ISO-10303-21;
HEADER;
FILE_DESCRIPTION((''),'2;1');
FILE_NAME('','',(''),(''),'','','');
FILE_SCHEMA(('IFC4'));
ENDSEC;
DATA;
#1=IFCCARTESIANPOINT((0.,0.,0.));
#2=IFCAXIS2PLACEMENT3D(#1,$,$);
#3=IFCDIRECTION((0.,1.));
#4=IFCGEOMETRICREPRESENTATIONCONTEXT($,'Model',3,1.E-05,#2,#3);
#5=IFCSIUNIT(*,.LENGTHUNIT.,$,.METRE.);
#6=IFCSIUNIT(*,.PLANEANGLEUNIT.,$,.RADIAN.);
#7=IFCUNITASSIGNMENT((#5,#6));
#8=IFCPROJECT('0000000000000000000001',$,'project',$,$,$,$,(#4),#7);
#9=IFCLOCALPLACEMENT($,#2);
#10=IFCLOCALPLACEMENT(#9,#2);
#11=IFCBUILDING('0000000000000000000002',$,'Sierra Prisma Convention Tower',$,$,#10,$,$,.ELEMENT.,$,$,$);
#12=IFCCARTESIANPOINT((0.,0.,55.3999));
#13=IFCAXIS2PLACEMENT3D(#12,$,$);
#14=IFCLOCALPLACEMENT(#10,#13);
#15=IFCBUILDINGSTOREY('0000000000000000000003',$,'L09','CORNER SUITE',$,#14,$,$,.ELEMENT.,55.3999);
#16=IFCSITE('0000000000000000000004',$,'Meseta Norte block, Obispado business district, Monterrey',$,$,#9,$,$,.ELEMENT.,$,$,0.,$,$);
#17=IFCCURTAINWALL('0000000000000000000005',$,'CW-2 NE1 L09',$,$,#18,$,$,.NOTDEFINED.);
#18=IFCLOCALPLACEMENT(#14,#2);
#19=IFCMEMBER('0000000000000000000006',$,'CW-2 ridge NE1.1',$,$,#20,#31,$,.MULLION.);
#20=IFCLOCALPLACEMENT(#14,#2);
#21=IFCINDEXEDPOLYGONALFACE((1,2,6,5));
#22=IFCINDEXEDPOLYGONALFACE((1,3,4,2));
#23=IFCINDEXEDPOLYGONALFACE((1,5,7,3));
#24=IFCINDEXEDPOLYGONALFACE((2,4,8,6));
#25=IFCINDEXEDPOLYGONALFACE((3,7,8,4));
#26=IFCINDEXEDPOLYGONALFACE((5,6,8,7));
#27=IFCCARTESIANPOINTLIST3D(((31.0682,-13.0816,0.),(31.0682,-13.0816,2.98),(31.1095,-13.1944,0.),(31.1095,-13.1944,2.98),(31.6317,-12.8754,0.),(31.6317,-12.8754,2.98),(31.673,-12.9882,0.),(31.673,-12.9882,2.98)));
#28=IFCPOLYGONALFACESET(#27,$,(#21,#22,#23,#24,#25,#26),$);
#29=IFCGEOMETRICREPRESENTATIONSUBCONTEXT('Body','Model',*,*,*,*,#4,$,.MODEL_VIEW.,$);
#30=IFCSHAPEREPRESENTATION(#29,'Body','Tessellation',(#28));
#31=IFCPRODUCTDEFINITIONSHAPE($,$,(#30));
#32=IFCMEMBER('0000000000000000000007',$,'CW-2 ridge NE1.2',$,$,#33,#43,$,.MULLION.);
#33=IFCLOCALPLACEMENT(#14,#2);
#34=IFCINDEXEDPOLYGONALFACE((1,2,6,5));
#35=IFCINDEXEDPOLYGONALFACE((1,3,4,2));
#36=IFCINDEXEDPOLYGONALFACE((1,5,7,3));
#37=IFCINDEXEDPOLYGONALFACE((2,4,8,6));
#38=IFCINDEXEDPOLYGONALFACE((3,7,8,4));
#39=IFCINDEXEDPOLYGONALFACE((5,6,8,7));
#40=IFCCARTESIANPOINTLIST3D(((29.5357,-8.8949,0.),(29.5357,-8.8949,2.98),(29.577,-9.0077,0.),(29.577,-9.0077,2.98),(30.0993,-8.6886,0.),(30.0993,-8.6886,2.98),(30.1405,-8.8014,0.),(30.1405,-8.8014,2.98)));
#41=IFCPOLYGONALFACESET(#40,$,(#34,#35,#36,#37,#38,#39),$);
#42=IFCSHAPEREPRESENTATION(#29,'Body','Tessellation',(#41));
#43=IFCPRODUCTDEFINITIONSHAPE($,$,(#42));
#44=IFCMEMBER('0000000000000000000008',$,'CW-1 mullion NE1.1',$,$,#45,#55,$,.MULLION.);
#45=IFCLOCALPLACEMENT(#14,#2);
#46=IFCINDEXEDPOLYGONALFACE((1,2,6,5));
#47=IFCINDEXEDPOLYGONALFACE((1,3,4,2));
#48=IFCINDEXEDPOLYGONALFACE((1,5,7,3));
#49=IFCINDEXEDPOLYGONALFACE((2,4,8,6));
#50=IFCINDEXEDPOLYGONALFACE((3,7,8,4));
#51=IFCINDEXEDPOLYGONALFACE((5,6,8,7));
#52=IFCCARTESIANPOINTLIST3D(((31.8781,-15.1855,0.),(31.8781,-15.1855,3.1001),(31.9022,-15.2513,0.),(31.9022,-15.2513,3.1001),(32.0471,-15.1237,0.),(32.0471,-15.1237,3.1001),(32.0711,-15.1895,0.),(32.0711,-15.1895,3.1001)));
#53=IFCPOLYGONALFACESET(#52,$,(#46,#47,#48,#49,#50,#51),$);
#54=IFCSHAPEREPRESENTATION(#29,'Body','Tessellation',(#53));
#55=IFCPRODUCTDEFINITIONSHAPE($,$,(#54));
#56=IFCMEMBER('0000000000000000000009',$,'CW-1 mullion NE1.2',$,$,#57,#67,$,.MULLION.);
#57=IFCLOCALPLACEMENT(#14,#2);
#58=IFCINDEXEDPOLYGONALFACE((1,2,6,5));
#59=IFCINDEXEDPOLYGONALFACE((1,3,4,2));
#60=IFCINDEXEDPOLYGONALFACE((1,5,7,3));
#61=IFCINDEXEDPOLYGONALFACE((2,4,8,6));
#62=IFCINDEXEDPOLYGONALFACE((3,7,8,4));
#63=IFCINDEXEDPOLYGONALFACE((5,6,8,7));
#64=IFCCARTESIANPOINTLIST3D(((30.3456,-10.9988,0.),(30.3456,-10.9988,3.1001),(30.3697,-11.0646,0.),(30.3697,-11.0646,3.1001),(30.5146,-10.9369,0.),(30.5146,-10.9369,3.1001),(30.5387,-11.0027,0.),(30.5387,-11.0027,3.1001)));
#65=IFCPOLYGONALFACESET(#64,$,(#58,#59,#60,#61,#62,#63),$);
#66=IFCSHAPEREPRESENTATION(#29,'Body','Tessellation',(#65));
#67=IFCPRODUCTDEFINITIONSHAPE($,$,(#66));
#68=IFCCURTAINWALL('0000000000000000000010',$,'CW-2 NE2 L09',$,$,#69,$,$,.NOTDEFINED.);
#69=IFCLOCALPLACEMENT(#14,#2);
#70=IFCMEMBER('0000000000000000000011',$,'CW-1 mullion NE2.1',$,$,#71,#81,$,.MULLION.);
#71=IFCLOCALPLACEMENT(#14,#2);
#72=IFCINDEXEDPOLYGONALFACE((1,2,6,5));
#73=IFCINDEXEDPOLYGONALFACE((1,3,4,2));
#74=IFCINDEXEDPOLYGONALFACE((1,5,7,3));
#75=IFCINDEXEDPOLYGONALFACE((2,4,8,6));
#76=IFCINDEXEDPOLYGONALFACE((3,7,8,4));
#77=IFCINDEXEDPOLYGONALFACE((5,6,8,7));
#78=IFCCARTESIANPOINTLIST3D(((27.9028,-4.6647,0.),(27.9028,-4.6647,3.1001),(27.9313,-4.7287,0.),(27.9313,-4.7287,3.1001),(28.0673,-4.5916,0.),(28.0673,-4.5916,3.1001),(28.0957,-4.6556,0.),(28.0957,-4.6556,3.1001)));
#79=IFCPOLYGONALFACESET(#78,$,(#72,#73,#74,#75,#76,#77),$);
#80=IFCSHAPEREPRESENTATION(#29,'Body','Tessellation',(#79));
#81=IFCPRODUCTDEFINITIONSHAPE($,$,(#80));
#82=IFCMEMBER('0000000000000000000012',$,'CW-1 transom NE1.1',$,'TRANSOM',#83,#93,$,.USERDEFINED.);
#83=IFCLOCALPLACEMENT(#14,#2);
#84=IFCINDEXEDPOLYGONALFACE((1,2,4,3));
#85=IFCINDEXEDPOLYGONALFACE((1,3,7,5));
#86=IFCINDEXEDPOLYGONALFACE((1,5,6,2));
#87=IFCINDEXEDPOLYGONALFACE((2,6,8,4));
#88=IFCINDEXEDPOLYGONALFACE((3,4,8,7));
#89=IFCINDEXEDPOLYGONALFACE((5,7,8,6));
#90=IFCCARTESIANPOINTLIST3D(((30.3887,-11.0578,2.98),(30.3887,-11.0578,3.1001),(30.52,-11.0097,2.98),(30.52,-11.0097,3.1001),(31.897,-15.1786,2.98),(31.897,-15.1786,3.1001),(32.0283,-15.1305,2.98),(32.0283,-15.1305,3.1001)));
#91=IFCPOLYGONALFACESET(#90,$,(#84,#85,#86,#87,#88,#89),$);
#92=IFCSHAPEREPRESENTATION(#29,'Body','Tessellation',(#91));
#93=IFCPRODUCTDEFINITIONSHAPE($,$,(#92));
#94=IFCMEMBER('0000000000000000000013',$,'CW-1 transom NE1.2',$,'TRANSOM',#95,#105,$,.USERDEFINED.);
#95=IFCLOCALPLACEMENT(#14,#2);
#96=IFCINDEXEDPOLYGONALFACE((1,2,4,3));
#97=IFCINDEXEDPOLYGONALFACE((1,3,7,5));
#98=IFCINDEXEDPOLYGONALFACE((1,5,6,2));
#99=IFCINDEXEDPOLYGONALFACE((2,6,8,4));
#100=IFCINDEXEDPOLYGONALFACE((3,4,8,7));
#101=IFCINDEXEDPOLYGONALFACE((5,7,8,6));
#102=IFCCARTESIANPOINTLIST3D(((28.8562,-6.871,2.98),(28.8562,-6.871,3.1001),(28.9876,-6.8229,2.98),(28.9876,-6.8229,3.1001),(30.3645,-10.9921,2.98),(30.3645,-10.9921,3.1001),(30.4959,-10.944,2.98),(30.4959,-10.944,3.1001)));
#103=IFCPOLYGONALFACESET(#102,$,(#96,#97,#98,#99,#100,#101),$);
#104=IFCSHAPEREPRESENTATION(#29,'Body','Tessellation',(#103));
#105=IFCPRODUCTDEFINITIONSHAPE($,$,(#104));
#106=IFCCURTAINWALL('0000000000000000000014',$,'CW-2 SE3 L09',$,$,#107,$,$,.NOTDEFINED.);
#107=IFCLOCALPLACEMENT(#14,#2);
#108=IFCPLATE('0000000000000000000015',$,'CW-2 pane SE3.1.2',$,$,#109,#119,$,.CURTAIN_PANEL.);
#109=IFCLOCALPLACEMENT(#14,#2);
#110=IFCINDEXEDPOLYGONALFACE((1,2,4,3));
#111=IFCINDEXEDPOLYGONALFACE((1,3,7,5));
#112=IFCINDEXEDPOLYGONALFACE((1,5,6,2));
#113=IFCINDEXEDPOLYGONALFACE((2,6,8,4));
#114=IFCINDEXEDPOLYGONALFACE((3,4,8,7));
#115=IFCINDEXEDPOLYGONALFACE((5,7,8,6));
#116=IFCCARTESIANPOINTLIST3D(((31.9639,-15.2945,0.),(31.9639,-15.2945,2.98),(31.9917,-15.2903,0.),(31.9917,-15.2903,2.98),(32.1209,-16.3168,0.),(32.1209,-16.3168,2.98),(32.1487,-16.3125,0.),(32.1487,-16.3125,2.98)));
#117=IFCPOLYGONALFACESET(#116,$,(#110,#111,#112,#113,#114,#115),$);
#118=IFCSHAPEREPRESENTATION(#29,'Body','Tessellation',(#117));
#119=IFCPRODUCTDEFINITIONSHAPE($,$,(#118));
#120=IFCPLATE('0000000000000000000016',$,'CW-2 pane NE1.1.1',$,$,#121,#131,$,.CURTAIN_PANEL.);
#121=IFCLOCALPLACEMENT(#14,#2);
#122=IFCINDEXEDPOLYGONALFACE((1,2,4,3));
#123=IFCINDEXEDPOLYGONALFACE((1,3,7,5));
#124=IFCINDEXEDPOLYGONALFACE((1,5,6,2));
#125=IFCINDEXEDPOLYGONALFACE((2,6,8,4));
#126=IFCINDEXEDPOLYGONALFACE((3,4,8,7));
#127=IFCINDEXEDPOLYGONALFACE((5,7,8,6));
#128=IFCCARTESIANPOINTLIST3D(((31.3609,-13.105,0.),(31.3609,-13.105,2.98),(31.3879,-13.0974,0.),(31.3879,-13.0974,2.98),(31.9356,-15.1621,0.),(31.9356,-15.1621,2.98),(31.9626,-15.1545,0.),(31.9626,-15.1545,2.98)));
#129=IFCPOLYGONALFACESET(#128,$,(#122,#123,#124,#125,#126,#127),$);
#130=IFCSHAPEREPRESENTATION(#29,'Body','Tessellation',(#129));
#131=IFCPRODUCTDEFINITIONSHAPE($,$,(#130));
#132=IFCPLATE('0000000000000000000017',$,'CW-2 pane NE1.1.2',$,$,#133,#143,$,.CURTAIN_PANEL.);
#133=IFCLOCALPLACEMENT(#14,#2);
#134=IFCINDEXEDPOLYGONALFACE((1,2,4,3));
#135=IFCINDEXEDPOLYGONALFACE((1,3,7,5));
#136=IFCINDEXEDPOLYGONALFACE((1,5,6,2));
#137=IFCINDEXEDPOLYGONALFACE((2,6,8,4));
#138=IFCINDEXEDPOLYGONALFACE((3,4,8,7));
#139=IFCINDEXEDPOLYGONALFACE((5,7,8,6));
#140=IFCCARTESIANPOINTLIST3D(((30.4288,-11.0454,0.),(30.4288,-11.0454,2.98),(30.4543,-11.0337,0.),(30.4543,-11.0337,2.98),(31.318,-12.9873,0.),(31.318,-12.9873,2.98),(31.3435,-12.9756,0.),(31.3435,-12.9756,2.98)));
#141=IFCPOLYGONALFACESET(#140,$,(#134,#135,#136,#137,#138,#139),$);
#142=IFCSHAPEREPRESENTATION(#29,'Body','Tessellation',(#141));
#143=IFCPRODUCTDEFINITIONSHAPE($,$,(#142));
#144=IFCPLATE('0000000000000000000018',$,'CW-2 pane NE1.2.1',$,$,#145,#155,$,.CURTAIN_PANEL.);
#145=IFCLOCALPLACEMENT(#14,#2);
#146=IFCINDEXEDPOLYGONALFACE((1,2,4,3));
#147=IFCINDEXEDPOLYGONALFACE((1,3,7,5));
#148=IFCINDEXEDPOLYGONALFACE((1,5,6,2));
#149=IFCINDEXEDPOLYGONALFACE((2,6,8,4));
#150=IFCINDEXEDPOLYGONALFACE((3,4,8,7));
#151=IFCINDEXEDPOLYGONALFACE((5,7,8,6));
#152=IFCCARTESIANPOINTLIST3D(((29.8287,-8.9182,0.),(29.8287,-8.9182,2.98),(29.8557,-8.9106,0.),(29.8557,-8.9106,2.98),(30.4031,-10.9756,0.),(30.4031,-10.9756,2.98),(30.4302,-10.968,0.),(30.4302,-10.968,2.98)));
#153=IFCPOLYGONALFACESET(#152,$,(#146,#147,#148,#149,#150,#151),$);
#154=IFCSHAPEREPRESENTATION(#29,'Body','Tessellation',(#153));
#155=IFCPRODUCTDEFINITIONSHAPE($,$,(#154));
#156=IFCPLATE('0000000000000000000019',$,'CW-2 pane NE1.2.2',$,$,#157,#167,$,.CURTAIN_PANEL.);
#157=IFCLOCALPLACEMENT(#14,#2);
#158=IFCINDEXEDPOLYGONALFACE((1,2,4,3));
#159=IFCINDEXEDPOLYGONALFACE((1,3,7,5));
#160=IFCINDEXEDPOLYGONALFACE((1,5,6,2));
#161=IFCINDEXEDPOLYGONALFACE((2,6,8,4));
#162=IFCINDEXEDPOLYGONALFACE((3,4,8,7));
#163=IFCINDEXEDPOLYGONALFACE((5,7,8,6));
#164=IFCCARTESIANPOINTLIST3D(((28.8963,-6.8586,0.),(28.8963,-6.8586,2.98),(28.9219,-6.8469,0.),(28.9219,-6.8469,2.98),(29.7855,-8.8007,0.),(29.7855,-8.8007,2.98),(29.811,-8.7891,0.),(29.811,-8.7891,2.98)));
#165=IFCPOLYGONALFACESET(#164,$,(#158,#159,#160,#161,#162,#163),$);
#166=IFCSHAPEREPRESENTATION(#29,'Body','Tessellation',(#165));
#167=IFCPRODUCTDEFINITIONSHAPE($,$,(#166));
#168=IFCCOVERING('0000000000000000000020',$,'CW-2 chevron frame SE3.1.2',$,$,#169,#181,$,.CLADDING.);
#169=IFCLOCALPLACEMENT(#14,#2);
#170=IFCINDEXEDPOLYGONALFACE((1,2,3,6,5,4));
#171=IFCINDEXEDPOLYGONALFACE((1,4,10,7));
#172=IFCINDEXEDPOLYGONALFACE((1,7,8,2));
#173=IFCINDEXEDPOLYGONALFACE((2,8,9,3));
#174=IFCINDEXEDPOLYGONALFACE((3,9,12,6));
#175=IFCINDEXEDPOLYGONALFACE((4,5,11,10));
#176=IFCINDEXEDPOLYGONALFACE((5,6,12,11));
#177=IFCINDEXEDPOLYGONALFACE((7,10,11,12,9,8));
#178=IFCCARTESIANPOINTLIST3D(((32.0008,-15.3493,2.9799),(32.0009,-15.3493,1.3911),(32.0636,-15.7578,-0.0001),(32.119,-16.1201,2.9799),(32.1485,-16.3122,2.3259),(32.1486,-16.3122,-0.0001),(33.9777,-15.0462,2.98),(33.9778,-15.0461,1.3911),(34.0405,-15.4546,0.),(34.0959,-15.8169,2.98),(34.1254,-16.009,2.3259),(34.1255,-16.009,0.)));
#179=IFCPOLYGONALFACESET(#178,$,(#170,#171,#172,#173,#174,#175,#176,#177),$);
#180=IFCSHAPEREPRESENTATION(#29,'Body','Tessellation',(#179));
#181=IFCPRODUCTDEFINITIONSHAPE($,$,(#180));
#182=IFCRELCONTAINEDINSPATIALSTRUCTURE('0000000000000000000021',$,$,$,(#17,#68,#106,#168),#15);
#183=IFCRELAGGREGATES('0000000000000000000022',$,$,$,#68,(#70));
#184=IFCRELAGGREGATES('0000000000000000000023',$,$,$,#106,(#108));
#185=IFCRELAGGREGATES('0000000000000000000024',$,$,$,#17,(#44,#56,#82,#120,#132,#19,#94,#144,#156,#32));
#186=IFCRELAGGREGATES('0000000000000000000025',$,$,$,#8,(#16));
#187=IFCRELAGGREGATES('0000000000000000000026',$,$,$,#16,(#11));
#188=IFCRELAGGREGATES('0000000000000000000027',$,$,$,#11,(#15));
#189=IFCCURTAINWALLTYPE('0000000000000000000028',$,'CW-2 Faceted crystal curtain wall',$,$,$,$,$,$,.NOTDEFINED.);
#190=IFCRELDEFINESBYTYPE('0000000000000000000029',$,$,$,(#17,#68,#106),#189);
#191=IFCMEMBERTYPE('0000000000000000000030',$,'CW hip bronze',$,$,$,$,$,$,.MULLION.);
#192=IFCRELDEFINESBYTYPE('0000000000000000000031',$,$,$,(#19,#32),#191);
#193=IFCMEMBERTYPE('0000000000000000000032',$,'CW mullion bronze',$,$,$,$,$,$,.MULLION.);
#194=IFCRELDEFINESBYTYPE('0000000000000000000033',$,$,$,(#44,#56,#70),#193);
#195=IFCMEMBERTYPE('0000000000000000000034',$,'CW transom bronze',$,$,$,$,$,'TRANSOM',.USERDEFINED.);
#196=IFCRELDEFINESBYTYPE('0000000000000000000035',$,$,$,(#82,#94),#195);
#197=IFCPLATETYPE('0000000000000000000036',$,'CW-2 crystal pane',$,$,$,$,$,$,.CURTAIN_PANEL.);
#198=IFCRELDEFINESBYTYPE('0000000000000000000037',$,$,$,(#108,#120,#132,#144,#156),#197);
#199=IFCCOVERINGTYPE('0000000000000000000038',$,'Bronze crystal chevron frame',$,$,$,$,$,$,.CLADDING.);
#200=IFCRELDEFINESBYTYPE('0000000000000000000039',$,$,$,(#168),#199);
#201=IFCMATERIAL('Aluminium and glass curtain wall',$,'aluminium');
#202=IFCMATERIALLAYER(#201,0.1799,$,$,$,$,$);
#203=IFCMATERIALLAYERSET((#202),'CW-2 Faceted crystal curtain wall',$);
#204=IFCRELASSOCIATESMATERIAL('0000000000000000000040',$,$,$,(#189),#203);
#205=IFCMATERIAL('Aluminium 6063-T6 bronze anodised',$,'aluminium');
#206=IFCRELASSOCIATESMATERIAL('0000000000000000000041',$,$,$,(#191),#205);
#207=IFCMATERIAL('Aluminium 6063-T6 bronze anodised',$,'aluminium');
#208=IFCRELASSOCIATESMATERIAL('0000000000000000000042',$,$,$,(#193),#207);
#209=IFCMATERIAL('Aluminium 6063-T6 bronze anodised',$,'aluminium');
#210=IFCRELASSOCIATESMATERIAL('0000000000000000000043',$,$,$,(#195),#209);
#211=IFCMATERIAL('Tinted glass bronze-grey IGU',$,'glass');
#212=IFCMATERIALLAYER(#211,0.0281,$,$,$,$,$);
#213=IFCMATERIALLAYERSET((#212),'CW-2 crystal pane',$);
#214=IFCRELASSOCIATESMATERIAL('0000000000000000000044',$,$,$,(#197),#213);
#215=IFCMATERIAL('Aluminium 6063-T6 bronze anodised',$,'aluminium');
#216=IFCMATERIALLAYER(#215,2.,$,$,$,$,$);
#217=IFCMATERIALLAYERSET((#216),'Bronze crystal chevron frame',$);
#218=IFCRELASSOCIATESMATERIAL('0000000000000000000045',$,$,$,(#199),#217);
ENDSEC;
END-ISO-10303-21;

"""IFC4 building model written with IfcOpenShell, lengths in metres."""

from ifc_helpers import new_model, si_unit, direction, frame, origin, origin_2d, place, context, subcontext, project, spatial, polyline, rectangle, outline, extrude, material, layer, layer_set, material_profile, profile_set, type_object, element, aggregate, save


model = new_model("IFC4")

# Units and contexts
model_context = context("Model", 3, precision=1e-05, world=origin(), true_north=direction((0.0, 1.0)))
body_context = subcontext(model_context, "Body", "Model", "MODEL_VIEW")
ifc_project = project(units=[si_unit("LENGTHUNIT", "METRE"), si_unit("PLANEANGLEUNIT", "RADIAN")], contexts=[model_context])

# Site, building, storey
site_placement = place(None, origin())
site = spatial("IfcSite", under=ifc_project, at=site_placement, Name="Meseta Norte block, Obispado business district, Monterrey", CompositionType="ELEMENT", RefElevation=0.0)
building_placement = place(site_placement, origin())
building = spatial("IfcBuilding", under=site, at=building_placement, Name="Sierra Prisma Convention Tower", CompositionType="ELEMENT")
storey_placement = place(building_placement, frame((0.0, 0.0, 55.3999)))
storey = spatial("IfcBuildingStorey", under=building, at=storey_placement, Name="L09", Description="CORNER SUITE", CompositionType="ELEMENT", Elevation=55.3999)

# Curtain wall, members
ifc_material_1 = material(Name="Aluminium and glass curtain wall", Category="aluminium")
ifc_layer_1 = layer(ifc_material_1, 0.1799)
ifc_layer_set_1 = layer_set([ifc_layer_1], Name="CW-2 Faceted crystal curtain wall")
curtain_wall_type = type_object("IfcCurtainWallType", Name="CW-2 Faceted crystal curtain wall", PredefinedType="NOTDEFINED", material=ifc_layer_set_1)
curtain_wall_1_placement = place(storey_placement, origin())
curtain_wall_1 = element("IfcCurtainWall", 1, at=curtain_wall_1_placement, inside=storey, type_object=curtain_wall_type, Name="CW-2 NE1 L09", PredefinedType="NOTDEFINED")
ifc_material_2 = material(Name="Aluminium 6063-T6 bronze anodised", Category="aluminium")
ifc_material_profile_1 = material_profile(ifc_material_2, rectangle(XDim=0.1201, YDim=0.6001, at=origin_2d()), Name="ALU RIDGE BLADE 120x600")
ifc_profile_set_1 = profile_set([ifc_material_profile_1], Name="Aluminium 6063-T6 bronze anodised")
member_type_1 = type_object("IfcMemberType", Name="CW hip bronze", PredefinedType="MULLION", material=ifc_profile_set_1)
member_1_placement = place(storey_placement, frame((31.3706, -13.0349, 0.0), z_axis=(0.0, 0.0, 1.0), x_axis=(-0.343706, 0.939077, 0.0)))
member_1 = element("IfcMember", 2, at=member_1_placement, type_object=member_type_1, Name="CW-2 ridge NE1.1", PredefinedType="MULLION", context=body_context, shape_type="SweptSolid", body=[
    extrude(rectangle(XDim=0.1201, YDim=0.6001, at=origin_2d()), origin(), (0.0, 0.0, 1.0), 2.98),
])
member_2_placement = place(storey_placement, frame((29.8381, -8.8481, 0.0), z_axis=(0.0, 0.0, 1.0), x_axis=(-0.343706, 0.939077, 0.0)))
member_2 = element("IfcMember", 3, at=member_2_placement, type_object=member_type_1, Name="CW-2 ridge NE1.2", PredefinedType="MULLION", context=body_context, shape_type="SweptSolid", body=[
    extrude(rectangle(XDim=0.1201, YDim=0.6001, at=origin_2d()), origin(), (0.0, 0.0, 1.0), 2.98),
])
ifc_material_3 = material(Name="Aluminium 6063-T6 bronze anodised", Category="aluminium")
ifc_material_profile_2 = material_profile(ifc_material_3, rectangle(XDim=0.1799, YDim=0.0701, at=origin_2d()), Name="ALU MULLION 70x180")
ifc_profile_set_2 = profile_set([ifc_material_profile_2], Name="Aluminium 6063-T6 bronze anodised")
member_type_2 = type_object("IfcMemberType", Name="CW mullion bronze", PredefinedType="MULLION", material=ifc_profile_set_2)
member_3_placement = place(storey_placement, frame((31.9746, -15.1875, 0.0), z_axis=(0.0, 0.0, 1.0), x_axis=(-0.939077, -0.343706, 0.0)))
member_3 = element("IfcMember", 4, at=member_3_placement, type_object=member_type_2, Name="CW-1 mullion NE1.1", PredefinedType="MULLION", context=body_context, shape_type="SweptSolid", body=[
    extrude(rectangle(XDim=0.1799, YDim=0.0701, at=origin_2d()), origin(), (0.0, 0.0, 1.0), 3.1001),
])
member_4_placement = place(storey_placement, frame((30.4421, -11.0007, 0.0), z_axis=(0.0, 0.0, 1.0), x_axis=(-0.939077, -0.343706, 0.0)))
member_4 = element("IfcMember", 5, at=member_4_placement, type_object=member_type_2, Name="CW-1 mullion NE1.2", PredefinedType="MULLION", context=body_context, shape_type="SweptSolid", body=[
    extrude(rectangle(XDim=0.1799, YDim=0.0701, at=origin_2d()), origin(), (0.0, 0.0, 1.0), 3.1001),
])

# Curtain wall, member
curtain_wall_2_placement = place(storey_placement, origin())
curtain_wall_2 = element("IfcCurtainWall", 6, at=curtain_wall_2_placement, inside=storey, type_object=curtain_wall_type, Name="CW-2 NE2 L09", PredefinedType="NOTDEFINED")
member_5_placement = place(storey_placement, frame((27.9993, -4.6602, 0.0), z_axis=(0.0, 0.0, 1.0), x_axis=(-0.913813, -0.406136, 0.0)))
member_5 = element("IfcMember", 7, at=member_5_placement, type_object=member_type_2, Name="CW-1 mullion NE2.1", PredefinedType="MULLION", context=body_context, shape_type="SweptSolid", body=[
    extrude(rectangle(XDim=0.1799, YDim=0.0701, at=origin_2d()), origin(), (0.0, 0.0, 1.0), 3.1001),
])
aggregate(curtain_wall_2, [member_5])

# Members
ifc_material_4 = material(Name="Aluminium 6063-T6 bronze anodised", Category="aluminium")
ifc_material_profile_3 = material_profile(ifc_material_4, rectangle(XDim=0.1399, YDim=0.1201, at=origin_2d()), Name="ALU TRANSOM 120x140")
ifc_profile_set_3 = profile_set([ifc_material_profile_3], Name="Aluminium 6063-T6 bronze anodised")
member_type_3 = type_object("IfcMemberType", Name="CW transom bronze", ElementType="TRANSOM", PredefinedType="USERDEFINED", material=ifc_profile_set_3)
member_6_placement = place(storey_placement, frame((31.9626, -15.1545, 3.04), z_axis=(-0.343717, 0.939073, 0.0), x_axis=(-0.939073, -0.343717, 0.0)))
member_6 = element("IfcMember", 8, at=member_6_placement, type_object=member_type_3, Name="CW-1 transom NE1.1", ObjectType="TRANSOM", PredefinedType="USERDEFINED", context=body_context, shape_type="SweptSolid", body=[
    extrude(rectangle(XDim=0.1399, YDim=0.1201, at=origin_2d()), origin(), (0.0, 0.0, 1.0), 4.3882),
])
member_7_placement = place(storey_placement, frame((30.4302, -10.968, 3.04), z_axis=(-0.343699, 0.93908, 0.0), x_axis=(-0.93908, -0.343699, 0.0)))
member_7 = element("IfcMember", 9, at=member_7_placement, type_object=member_type_3, Name="CW-1 transom NE1.2", ObjectType="TRANSOM", PredefinedType="USERDEFINED", context=body_context, shape_type="SweptSolid", body=[
    extrude(rectangle(XDim=0.1399, YDim=0.1201, at=origin_2d()), origin(), (0.0, 0.0, 1.0), 4.3884),
])

# Curtain wall, plate
curtain_wall_3_placement = place(storey_placement, origin())
curtain_wall_3 = element("IfcCurtainWall", 10, at=curtain_wall_3_placement, inside=storey, type_object=curtain_wall_type, Name="CW-2 SE3 L09", PredefinedType="NOTDEFINED")
ifc_material_5 = material(Name="Tinted glass bronze-grey IGU", Category="glass")
ifc_layer_2 = layer(ifc_material_5, 0.0281)
ifc_layer_set_2 = layer_set([ifc_layer_2], Name="CW-2 crystal pane")
plate_type = type_object("IfcPlateType", Name="CW-2 crystal pane", PredefinedType="CURTAIN_PANEL", material=ifc_layer_set_2)
plate_1_placement = place(storey_placement, frame((31.9917, -15.2903, 0.0), z_axis=(0.988413, 0.151791, 0.0), x_axis=(0.151791, -0.988413, 0.0)))
plate_1 = element("IfcPlate", 11, at=plate_1_placement, type_object=plate_type, Name="CW-2 pane SE3.1.2", PredefinedType="CURTAIN_PANEL", context=body_context, shape_type="SweptSolid", body=[
    extrude(outline(polyline([(0.0, 0.0), (1.0342, 0.0), (1.0342, -2.98), (0.0, -2.98), (0.0, 0.0)])), origin(), (0.0, 0.0, -1.0), 0.0281),
])
aggregate(curtain_wall_3, [plate_1])

# Plates
plate_2_placement = place(storey_placement, frame((31.9626, -15.1545, 0.0), z_axis=(0.963121, 0.26907, 0.0), x_axis=(-0.26907, 0.963121, 0.0)))
plate_2 = element("IfcPlate", 12, at=plate_2_placement, type_object=plate_type, Name="CW-2 pane NE1.1.1", PredefinedType="CURTAIN_PANEL", context=body_context, shape_type="SweptSolid", body=[
    extrude(outline(polyline([(0.0, 0.0), (2.1359, 0.0), (2.1359, 2.98), (0.0, 2.98), (0.0, 0.0)])), origin(), (0.0, 0.0, -1.0), 0.0281),
])
plate_3_placement = place(storey_placement, frame((30.4543, -11.0337, 0.0), z_axis=(0.90922, 0.416316, 0.0), x_axis=(0.416316, -0.90922, 0.0)))
plate_3 = element("IfcPlate", 13, at=plate_3_placement, type_object=plate_type, Name="CW-2 pane NE1.1.2", PredefinedType="CURTAIN_PANEL", context=body_context, shape_type="SweptSolid", body=[
    extrude(outline(polyline([(0.0, 0.0), (2.1358, 0.0), (2.1358, -2.98), (0.0, -2.98), (0.0, 0.0)])), origin(), (0.0, 0.0, -1.0), 0.0281),
])
plate_4_placement = place(storey_placement, frame((30.4302, -10.968, 0.0), z_axis=(0.963158, 0.268935, 0.0), x_axis=(-0.268935, 0.963158, 0.0)))
plate_4 = element("IfcPlate", 14, at=plate_4_placement, type_object=plate_type, Name="CW-2 pane NE1.2.1", PredefinedType="CURTAIN_PANEL", context=body_context, shape_type="SweptSolid", body=[
    extrude(outline(polyline([(0.0, 0.0), (2.1361, 0.0), (2.1361, 2.98), (0.0, 2.98), (0.0, 0.0)])), origin(), (0.0, 0.0, -1.0), 0.0281),
])
plate_5_placement = place(storey_placement, frame((28.9219, -6.8469, 0.0), z_axis=(0.90924, 0.416273, 0.0), x_axis=(0.416273, -0.90924, 0.0)))
plate_5 = element("IfcPlate", 15, at=plate_5_placement, type_object=plate_type, Name="CW-2 pane NE1.2.2", PredefinedType="CURTAIN_PANEL", context=body_context, shape_type="SweptSolid", body=[
    extrude(outline(polyline([(0.0, 0.0), (2.136, 0.0), (2.136, -2.98), (0.0, -2.98), (0.0, 0.0)])), origin(), (0.0, 0.0, -1.0), 0.0281),
])
aggregate(curtain_wall_1, [member_3, member_4, member_6, plate_2, plate_3, member_1, member_7, plate_4, plate_5, member_2])

# Covering
ifc_material_6 = material(Name="Aluminium 6063-T6 bronze anodised", Category="aluminium")
ifc_layer_3 = layer(ifc_material_6, 2.0)
ifc_layer_set_3 = layer_set([ifc_layer_3], Name="Bronze crystal chevron frame")
covering_type = type_object("IfcCoveringType", Name="Bronze crystal chevron frame", PredefinedType="CLADDING", material=ifc_layer_set_3)
covering_1_placement = place(storey_placement, frame((34.1255, -16.009, 0.0), z_axis=(0.988443, 0.151592, 0.00003), x_axis=(-0.151592, 0.988443, 0.0)))
element("IfcCovering", 16, at=covering_1_placement, inside=storey, type_object=covering_type, Name="CW-2 chevron frame SE3.1.2", PredefinedType="CLADDING", context=body_context, shape_type="SweptSolid", body=[
    extrude(outline(polyline([(0.0, 0.0), (0.5609, 0.0), (0.9742, 1.3911), (0.9742, 2.98), (0.1944, 2.98), (0.0, 2.3259), (0.0, 0.0)])), origin(), (0.0, 0.0, -1.0), 2.0),
])

save(model, "model.ifc")
